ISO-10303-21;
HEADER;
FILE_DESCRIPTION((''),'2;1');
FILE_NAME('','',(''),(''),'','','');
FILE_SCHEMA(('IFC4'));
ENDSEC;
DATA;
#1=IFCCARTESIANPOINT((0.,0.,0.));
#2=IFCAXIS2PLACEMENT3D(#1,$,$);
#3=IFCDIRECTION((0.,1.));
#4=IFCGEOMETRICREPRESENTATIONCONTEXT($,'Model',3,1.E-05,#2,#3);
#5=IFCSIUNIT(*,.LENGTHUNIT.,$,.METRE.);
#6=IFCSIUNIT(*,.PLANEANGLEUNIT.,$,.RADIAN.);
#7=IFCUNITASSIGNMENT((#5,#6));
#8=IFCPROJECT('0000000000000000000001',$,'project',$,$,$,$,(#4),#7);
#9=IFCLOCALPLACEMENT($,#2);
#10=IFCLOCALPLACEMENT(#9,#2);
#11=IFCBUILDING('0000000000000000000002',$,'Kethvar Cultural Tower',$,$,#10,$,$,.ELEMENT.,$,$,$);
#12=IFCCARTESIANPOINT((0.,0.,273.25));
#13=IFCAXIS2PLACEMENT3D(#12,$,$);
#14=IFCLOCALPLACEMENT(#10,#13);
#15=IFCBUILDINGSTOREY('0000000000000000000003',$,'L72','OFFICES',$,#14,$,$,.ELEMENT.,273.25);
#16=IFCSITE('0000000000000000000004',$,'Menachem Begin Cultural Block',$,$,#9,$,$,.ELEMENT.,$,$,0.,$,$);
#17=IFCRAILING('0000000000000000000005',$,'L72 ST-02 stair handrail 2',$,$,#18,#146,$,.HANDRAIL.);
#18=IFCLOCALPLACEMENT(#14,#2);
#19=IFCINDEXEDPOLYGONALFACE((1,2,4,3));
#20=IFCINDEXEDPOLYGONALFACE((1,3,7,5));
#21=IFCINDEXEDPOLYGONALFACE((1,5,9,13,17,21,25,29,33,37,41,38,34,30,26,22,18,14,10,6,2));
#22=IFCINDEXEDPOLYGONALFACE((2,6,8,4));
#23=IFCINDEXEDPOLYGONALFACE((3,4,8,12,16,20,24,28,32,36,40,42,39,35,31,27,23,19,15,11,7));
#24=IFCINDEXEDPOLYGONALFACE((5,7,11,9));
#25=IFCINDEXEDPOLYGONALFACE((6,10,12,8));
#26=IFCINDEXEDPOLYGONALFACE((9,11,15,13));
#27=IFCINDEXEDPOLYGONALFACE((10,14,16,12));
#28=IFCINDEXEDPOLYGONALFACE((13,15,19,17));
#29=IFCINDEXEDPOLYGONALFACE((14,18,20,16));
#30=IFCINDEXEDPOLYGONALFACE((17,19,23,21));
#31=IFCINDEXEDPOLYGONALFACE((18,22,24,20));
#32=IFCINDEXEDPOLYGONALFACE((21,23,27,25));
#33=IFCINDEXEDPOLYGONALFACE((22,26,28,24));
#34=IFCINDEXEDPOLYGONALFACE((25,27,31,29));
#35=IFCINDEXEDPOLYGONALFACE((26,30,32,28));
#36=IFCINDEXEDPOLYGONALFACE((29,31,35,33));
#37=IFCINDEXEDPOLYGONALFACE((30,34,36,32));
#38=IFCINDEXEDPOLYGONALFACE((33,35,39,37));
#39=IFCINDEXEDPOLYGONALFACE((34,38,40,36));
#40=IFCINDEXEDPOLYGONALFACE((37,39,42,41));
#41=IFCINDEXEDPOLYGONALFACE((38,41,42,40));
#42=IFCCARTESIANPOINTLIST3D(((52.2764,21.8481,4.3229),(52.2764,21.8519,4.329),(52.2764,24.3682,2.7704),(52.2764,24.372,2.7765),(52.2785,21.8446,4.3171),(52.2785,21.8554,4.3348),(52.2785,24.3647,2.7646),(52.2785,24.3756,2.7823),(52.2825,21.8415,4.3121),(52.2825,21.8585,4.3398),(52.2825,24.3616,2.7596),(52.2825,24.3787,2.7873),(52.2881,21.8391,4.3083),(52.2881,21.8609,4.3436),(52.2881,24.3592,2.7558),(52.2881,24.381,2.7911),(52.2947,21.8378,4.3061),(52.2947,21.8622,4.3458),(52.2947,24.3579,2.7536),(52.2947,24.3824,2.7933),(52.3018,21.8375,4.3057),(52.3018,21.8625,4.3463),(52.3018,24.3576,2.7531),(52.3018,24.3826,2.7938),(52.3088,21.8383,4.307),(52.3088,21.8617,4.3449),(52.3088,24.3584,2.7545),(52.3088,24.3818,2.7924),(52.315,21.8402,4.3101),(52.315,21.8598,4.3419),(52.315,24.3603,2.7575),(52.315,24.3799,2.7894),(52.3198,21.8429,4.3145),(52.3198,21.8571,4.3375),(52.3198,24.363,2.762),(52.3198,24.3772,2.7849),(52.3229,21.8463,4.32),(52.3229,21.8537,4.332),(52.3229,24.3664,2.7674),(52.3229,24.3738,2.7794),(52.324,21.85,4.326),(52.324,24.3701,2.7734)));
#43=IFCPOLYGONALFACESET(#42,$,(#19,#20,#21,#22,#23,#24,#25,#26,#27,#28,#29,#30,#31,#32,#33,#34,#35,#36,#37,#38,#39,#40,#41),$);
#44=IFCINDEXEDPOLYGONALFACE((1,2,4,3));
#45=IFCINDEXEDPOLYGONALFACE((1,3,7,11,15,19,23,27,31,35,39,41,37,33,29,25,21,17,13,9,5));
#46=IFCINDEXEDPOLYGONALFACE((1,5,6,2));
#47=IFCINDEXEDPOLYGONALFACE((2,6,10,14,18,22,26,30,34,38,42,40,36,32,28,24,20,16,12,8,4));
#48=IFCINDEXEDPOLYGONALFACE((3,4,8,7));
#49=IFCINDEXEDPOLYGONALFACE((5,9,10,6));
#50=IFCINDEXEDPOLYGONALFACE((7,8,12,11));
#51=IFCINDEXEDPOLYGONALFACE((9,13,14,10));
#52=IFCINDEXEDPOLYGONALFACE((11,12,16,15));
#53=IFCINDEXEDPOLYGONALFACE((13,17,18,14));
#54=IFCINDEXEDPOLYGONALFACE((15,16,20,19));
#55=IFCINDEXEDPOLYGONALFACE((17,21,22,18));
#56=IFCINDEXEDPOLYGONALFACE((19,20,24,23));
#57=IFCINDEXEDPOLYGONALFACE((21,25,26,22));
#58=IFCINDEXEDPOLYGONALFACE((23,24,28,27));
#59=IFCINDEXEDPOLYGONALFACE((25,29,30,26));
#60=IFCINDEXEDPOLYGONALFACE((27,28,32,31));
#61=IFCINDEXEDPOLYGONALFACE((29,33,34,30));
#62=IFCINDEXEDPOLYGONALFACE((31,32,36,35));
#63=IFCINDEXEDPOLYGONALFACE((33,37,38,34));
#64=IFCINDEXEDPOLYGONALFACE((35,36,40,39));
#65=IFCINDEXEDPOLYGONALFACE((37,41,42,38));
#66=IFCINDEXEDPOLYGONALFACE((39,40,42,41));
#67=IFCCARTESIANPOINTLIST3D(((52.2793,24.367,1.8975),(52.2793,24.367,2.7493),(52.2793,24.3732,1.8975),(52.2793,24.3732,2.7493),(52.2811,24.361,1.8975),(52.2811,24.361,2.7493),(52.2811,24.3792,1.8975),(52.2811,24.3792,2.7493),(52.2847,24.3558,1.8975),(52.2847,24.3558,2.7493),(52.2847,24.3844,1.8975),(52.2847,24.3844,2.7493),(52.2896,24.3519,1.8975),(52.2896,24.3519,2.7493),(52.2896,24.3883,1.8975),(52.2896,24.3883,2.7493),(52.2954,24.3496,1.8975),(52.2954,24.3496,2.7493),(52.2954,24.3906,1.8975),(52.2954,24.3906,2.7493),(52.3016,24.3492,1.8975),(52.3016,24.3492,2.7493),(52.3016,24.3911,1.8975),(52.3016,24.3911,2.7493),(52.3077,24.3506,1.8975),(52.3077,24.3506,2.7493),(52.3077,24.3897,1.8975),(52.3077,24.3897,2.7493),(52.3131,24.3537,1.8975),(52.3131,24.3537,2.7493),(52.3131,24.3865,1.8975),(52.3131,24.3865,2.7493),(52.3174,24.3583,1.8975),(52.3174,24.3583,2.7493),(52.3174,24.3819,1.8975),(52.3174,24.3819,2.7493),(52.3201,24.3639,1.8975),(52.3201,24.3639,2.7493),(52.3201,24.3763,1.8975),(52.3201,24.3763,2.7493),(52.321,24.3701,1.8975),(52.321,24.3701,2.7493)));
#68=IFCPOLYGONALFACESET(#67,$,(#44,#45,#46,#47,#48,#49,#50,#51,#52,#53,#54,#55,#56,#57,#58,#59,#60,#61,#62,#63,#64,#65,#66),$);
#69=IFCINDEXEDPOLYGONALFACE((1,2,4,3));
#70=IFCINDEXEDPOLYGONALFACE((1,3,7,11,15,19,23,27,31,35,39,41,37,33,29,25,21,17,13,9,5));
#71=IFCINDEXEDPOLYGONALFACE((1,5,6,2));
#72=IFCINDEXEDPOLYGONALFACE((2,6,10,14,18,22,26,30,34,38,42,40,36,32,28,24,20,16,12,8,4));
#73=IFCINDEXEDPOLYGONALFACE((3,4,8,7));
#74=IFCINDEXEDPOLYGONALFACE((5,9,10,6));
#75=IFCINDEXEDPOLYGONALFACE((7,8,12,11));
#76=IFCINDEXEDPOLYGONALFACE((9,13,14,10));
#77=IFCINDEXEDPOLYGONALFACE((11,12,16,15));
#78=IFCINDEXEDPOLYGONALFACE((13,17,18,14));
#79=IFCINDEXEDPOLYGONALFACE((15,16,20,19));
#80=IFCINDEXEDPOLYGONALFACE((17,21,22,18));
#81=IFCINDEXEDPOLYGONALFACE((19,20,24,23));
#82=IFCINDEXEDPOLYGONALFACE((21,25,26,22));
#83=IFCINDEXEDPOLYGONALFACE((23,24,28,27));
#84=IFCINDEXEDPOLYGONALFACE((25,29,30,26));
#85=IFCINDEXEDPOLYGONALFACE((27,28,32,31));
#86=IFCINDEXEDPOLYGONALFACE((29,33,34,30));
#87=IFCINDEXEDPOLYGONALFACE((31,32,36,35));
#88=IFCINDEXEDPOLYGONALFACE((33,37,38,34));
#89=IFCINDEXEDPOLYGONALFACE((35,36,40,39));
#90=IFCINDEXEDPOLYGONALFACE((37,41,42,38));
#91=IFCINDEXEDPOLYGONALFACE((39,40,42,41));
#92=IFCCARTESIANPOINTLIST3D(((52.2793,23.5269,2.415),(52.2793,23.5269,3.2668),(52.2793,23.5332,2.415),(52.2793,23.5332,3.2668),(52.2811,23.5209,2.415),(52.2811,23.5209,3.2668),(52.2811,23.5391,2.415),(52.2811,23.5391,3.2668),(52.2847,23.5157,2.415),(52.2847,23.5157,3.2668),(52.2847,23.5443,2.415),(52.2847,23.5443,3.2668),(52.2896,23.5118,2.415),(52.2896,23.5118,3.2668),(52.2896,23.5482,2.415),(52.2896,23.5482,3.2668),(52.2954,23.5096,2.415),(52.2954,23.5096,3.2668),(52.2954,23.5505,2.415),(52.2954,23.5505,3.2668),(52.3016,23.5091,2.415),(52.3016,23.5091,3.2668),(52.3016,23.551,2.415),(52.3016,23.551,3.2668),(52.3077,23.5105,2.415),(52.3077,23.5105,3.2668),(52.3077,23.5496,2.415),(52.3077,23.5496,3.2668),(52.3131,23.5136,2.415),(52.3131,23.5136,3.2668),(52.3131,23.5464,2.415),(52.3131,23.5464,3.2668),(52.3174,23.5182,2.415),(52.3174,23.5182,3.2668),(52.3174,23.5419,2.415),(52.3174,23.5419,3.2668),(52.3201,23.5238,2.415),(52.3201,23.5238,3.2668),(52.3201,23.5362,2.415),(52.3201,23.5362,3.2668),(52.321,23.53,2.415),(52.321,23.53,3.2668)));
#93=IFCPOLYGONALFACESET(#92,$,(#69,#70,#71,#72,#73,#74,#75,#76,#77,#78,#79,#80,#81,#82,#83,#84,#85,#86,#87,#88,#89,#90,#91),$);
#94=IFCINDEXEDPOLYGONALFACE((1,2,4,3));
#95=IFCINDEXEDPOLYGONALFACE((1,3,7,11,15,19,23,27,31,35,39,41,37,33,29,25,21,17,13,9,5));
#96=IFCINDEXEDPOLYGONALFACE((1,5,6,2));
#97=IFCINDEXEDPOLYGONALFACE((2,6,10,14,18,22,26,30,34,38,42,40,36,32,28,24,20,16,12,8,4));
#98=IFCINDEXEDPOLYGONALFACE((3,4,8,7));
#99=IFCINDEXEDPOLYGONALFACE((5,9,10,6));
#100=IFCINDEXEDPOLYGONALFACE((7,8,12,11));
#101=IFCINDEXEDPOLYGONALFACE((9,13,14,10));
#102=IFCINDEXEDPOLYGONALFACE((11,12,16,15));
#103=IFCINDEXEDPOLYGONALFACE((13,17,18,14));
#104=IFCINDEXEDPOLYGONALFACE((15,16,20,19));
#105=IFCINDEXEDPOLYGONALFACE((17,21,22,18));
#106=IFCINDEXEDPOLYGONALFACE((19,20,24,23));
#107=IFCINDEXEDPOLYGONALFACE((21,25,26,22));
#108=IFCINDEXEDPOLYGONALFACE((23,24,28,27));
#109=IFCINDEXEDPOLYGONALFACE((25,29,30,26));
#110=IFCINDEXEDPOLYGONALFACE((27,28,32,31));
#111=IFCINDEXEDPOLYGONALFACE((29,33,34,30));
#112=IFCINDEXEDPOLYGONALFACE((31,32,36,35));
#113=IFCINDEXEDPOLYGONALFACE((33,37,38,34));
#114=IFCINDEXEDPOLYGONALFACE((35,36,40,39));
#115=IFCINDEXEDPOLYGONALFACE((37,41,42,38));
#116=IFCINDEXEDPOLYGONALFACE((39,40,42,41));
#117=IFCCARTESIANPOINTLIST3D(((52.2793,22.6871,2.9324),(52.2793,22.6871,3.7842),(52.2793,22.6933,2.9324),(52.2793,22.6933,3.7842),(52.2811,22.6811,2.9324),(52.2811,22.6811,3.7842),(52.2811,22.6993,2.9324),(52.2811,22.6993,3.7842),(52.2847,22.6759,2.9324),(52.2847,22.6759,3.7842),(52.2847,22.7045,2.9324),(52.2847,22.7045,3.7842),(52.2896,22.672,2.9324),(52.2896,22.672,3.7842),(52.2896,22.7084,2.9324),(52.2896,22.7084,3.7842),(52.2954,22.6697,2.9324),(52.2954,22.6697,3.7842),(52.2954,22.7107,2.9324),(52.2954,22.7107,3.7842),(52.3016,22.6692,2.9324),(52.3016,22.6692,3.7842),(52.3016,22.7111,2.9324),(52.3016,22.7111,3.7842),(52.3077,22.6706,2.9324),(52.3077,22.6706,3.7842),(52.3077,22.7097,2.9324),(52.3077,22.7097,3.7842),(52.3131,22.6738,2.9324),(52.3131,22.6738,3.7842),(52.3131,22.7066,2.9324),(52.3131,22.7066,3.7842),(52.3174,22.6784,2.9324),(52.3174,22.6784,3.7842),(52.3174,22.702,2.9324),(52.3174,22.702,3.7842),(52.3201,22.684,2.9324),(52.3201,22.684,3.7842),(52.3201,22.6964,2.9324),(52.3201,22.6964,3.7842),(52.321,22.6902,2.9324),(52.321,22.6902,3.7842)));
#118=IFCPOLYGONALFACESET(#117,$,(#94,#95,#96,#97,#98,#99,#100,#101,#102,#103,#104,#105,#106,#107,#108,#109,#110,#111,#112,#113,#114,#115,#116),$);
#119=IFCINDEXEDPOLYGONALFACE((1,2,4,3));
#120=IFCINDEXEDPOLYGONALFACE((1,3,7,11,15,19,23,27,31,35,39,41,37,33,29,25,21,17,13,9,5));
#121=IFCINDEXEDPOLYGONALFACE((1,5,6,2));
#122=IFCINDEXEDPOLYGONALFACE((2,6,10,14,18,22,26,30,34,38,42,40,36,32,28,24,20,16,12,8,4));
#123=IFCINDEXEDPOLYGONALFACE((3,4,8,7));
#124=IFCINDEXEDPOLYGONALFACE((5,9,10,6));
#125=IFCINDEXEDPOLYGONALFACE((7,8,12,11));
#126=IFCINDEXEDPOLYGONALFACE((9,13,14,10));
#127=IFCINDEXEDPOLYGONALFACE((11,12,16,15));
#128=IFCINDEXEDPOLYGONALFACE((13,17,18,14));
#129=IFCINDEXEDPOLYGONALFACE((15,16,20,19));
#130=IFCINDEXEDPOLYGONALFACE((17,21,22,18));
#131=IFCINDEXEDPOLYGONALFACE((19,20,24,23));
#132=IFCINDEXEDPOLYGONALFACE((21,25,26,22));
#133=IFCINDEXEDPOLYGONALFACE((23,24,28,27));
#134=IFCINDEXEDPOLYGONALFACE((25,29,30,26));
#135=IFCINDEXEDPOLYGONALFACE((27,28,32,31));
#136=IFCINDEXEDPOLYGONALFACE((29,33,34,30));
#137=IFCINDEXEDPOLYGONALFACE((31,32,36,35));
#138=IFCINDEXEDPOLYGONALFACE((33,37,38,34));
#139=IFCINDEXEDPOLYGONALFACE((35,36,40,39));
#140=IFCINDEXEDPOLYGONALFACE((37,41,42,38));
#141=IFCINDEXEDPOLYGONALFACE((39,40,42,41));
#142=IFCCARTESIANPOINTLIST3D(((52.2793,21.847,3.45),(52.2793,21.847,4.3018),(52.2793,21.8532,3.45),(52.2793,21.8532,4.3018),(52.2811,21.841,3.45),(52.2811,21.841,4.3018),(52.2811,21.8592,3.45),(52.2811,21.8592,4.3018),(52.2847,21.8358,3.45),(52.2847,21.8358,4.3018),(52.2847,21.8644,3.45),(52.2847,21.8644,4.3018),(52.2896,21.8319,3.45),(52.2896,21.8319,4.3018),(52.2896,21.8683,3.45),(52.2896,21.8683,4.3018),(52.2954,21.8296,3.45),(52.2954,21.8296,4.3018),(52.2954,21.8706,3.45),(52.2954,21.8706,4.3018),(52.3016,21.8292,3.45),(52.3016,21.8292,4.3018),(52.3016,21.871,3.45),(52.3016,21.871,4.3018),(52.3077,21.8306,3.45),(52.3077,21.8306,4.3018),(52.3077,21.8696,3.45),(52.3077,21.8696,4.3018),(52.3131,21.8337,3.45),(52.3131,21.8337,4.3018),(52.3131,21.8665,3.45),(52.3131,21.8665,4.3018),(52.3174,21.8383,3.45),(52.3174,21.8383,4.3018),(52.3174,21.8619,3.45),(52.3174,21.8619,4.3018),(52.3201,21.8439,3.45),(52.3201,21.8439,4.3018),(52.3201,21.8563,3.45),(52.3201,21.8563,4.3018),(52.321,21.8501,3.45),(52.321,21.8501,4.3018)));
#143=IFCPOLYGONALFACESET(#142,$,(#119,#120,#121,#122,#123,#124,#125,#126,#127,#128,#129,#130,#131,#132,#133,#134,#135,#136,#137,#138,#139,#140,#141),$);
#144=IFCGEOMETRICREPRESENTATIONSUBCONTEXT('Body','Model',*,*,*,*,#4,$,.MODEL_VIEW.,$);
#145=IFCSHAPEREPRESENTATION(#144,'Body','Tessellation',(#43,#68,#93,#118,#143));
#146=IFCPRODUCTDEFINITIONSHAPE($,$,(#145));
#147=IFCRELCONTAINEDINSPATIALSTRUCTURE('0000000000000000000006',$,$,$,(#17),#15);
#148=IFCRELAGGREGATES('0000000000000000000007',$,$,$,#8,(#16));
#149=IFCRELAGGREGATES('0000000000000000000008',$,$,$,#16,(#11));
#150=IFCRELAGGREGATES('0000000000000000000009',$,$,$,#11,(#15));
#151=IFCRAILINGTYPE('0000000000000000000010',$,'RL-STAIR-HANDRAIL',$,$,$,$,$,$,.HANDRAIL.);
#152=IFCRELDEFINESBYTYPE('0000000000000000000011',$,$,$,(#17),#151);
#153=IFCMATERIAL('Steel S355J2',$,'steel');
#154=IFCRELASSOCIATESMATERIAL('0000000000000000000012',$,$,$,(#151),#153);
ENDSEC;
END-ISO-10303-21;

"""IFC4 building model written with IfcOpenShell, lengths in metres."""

from ifc_helpers import new_model, si_unit, direction, frame, origin, origin_2d, place, context, subcontext, project, spatial, circle, extrude, material, type_object, element, save


model = new_model("IFC4")

# Units and contexts
model_context = context("Model", 3, precision=1e-05, world=origin(), true_north=direction((0.0, 1.0)))
body_context = subcontext(model_context, "Body", "Model", "MODEL_VIEW")
ifc_project = project(units=[si_unit("LENGTHUNIT", "METRE"), si_unit("PLANEANGLEUNIT", "RADIAN")], contexts=[model_context])

# Site, building, storey
site_placement = place(None, origin())
site = spatial("IfcSite", under=ifc_project, at=site_placement, Name="Menachem Begin Cultural Block", CompositionType="ELEMENT", RefElevation=0.0)
building_placement = place(site_placement, origin())
building = spatial("IfcBuilding", under=site, at=building_placement, Name="Kethvar Cultural Tower", CompositionType="ELEMENT")
storey_placement = place(building_placement, frame((0.0, 0.0, 273.25)))
storey = spatial("IfcBuildingStorey", under=building, at=storey_placement, Name="L72", Description="OFFICES", CompositionType="ELEMENT", Elevation=273.25)

# Shared definitions
ifc_material_1 = material(Name="Steel S355J2", Category="steel")

# Railing
railing_type_1 = type_object("IfcRailingType", Name="RL-STAIR-HANDRAIL", PredefinedType="HANDRAIL", material=ifc_material_1)
railing_1_placement = place(storey_placement, frame((52.3, 24.3701, 1.8975)))
element("IfcRailing", 1, at=railing_1_placement, inside=storey, type_object=railing_type_1, Name="L72 ST-02 stair handrail 2", PredefinedType="HANDRAIL", context=body_context, shape_type="SweptSolid", body=[
    extrude(circle(Radius=0.0239, at=origin_2d()), frame((0.0, 0.0, 0.876), z_axis=(0.0, -0.8514, 0.524516), x_axis=(1.0, 0.0, 0.0)), (0.0, 0.0, 1.0), 2.96),
    extrude(circle(Radius=0.021, at=origin_2d()), origin(), (0.0, 0.0, 1.0), 0.8518),
    extrude(circle(Radius=0.021, at=origin_2d()), frame((0.0, -0.8401, 0.5176)), (0.0, 0.0, 1.0), 0.8518),
    extrude(circle(Radius=0.021, at=origin_2d()), frame((0.0, -1.6799, 1.0349)), (0.0, 0.0, 1.0), 0.8518),
    extrude(circle(Radius=0.021, at=origin_2d()), frame((0.0, -2.52, 1.5525)), (0.0, 0.0, 1.0), 0.8518),
])

save(model, "model.ifc")
